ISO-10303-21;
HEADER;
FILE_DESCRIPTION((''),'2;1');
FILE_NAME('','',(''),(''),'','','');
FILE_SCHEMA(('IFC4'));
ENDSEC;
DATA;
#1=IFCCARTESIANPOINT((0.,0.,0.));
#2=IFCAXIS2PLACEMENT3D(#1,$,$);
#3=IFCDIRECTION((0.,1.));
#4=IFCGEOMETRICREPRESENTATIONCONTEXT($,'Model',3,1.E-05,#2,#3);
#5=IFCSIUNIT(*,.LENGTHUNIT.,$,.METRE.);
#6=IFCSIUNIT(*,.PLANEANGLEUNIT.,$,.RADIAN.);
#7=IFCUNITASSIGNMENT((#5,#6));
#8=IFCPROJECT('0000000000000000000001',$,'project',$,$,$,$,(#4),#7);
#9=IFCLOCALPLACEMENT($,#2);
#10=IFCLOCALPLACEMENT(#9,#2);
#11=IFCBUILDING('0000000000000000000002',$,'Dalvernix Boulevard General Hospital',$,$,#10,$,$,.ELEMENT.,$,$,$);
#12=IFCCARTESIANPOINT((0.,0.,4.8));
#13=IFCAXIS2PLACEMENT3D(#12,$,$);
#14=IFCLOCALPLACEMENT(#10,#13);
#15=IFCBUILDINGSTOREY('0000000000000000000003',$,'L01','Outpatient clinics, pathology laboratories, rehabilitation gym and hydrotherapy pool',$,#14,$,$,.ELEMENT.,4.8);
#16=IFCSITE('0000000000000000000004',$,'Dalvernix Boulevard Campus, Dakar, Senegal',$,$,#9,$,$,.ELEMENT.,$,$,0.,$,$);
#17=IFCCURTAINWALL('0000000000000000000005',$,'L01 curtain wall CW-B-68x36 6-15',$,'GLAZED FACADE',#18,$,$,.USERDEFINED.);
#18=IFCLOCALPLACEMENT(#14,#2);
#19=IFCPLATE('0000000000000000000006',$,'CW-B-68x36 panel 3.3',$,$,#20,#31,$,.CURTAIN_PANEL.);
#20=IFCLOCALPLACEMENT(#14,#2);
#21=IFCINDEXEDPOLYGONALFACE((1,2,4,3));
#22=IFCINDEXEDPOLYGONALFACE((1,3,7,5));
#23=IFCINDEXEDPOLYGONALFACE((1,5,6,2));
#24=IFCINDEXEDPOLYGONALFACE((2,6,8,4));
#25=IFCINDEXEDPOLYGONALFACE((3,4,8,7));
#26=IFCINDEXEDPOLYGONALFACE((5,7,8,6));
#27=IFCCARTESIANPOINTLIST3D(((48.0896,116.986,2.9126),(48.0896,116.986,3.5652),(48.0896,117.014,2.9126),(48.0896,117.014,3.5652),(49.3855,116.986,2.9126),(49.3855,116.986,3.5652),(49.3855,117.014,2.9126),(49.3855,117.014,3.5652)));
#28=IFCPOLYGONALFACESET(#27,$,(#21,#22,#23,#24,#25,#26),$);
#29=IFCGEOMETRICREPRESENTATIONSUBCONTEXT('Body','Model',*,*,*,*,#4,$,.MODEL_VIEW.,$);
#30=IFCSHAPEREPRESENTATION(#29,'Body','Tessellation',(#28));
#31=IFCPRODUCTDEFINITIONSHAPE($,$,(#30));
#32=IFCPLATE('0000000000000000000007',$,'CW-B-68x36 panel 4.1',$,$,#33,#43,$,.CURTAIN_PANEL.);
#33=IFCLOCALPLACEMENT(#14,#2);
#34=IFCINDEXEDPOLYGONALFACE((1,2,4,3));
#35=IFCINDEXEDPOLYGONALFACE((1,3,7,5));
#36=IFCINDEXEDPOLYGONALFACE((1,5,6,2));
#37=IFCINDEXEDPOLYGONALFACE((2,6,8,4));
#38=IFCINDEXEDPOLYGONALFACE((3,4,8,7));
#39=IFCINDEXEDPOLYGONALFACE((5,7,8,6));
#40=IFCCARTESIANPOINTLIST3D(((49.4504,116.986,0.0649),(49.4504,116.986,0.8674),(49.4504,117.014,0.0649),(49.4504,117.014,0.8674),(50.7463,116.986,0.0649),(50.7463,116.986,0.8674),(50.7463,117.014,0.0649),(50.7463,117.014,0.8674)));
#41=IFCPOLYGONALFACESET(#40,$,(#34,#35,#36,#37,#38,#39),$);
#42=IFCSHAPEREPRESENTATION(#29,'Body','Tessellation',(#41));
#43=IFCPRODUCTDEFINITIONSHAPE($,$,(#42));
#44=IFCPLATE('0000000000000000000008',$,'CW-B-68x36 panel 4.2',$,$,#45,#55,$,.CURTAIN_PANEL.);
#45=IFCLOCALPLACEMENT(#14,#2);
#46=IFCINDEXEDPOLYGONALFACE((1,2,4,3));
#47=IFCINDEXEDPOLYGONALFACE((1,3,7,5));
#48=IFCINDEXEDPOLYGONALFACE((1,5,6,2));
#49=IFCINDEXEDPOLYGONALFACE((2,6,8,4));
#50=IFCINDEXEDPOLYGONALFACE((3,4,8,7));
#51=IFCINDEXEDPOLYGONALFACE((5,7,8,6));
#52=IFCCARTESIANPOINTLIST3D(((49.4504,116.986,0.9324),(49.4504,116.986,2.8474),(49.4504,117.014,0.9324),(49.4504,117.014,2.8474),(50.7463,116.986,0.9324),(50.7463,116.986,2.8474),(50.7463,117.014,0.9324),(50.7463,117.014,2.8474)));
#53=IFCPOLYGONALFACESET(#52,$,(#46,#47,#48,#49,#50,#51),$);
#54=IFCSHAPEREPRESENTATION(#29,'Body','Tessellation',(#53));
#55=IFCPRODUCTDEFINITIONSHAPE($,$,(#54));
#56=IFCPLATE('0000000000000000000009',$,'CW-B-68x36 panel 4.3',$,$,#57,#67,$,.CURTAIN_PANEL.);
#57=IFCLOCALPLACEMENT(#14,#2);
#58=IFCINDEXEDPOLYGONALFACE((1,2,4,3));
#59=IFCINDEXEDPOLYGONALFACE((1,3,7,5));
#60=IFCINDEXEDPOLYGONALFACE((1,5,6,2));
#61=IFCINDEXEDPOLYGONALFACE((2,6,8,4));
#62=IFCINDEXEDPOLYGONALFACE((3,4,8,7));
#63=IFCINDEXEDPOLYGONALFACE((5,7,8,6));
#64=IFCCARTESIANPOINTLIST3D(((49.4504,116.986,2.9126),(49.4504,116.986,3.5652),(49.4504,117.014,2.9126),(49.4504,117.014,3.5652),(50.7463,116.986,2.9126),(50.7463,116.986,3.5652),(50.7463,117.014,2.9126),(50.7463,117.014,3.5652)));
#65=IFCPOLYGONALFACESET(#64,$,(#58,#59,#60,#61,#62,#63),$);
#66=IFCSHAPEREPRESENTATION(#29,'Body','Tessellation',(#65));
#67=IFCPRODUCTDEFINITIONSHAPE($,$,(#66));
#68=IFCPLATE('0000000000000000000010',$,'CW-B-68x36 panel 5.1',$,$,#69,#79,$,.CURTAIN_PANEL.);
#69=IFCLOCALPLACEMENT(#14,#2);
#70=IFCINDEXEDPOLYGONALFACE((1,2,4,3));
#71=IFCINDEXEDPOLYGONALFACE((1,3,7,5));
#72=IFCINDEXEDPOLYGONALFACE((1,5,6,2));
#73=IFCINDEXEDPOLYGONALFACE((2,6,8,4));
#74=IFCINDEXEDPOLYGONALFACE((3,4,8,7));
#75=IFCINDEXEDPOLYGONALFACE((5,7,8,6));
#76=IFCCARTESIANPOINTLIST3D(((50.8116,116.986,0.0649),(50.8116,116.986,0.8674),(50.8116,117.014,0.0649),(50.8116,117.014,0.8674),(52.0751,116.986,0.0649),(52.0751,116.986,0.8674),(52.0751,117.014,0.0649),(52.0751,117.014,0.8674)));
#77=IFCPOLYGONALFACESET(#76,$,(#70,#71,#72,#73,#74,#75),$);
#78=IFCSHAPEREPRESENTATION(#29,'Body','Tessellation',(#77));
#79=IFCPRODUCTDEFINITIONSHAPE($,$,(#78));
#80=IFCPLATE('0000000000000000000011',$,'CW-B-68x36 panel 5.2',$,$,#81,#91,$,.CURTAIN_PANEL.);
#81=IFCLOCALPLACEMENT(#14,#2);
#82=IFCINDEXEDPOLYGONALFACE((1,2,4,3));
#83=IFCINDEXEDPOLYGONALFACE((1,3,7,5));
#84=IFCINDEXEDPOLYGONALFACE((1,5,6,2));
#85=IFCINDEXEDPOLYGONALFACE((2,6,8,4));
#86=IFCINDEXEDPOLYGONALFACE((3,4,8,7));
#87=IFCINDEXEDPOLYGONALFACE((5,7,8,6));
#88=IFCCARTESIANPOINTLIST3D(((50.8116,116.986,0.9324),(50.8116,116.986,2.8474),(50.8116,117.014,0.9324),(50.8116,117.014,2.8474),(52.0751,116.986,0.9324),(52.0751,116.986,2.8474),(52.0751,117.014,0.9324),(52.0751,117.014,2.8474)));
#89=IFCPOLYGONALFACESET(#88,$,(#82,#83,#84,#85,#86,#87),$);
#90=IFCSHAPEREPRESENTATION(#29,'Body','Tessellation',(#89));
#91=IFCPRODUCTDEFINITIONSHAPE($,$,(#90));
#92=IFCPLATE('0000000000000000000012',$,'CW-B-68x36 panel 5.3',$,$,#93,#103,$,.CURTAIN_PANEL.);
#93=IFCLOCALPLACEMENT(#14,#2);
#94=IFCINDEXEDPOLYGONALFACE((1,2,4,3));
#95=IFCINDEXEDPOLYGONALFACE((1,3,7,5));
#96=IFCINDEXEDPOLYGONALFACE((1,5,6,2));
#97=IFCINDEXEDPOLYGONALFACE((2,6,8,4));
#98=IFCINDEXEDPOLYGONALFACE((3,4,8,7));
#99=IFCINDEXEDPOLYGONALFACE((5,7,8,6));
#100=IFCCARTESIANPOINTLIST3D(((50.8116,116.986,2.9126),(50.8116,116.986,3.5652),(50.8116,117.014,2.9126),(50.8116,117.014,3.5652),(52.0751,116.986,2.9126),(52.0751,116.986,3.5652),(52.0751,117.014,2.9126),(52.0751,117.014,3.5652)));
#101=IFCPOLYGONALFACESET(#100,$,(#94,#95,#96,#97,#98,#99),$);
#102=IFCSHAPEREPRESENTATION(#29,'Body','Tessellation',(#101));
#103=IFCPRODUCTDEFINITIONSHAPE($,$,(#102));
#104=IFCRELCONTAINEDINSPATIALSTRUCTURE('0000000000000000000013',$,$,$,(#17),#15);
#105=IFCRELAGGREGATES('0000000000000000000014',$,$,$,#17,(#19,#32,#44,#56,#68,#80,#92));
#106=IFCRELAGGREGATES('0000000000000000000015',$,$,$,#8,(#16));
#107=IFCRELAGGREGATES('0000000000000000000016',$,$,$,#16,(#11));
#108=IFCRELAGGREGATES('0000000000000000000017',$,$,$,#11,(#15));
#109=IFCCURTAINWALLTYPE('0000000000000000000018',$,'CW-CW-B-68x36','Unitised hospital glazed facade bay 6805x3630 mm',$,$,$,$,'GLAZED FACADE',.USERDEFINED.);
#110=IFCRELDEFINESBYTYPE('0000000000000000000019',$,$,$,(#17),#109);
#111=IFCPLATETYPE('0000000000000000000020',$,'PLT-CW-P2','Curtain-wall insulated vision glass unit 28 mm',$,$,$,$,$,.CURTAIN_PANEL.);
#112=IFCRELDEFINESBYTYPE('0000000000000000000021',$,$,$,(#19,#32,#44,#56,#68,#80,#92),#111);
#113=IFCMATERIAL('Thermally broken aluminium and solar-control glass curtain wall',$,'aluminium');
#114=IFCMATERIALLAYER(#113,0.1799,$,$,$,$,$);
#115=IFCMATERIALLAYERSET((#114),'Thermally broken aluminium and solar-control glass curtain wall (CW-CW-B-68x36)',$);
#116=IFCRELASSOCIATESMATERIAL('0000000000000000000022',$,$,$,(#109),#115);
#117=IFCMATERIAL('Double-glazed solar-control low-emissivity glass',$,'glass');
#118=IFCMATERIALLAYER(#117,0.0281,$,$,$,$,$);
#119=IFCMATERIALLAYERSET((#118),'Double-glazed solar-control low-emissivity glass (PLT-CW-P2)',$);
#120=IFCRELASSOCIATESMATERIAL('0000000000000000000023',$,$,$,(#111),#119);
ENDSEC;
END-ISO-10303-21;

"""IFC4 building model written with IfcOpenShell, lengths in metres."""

from ifc_helpers import new_model, si_unit, direction, frame, origin, origin_2d, place, context, subcontext, project, spatial, rectangle, extrude, material, layer, layer_set, type_object, element, aggregate, save


model = new_model("IFC4")

# Units and contexts
model_context = context("Model", 3, precision=1e-05, world=origin(), true_north=direction((0.0, 1.0)))
body_context = subcontext(model_context, "Body", "Model", "MODEL_VIEW")
ifc_project = project(units=[si_unit("LENGTHUNIT", "METRE"), si_unit("PLANEANGLEUNIT", "RADIAN")], contexts=[model_context])

# Site, building, storey
site_placement = place(None, origin())
site = spatial("IfcSite", under=ifc_project, at=site_placement, Name="Dalvernix Boulevard Campus, Dakar, Senegal", CompositionType="ELEMENT", RefElevation=0.0)
building_placement = place(site_placement, origin())
building = spatial("IfcBuilding", under=site, at=building_placement, Name="Dalvernix Boulevard General Hospital", CompositionType="ELEMENT")
storey_placement = place(building_placement, frame((0.0, 0.0, 4.8)))
storey = spatial("IfcBuildingStorey", under=building, at=storey_placement, Name="L01", Description="Outpatient clinics, pathology laboratories, rehabilitation gym and hydrotherapy pool", CompositionType="ELEMENT", Elevation=4.8)

# Curtain wall, plates
ifc_material_1 = material(Name="Thermally broken aluminium and solar-control glass curtain wall", Category="aluminium")
ifc_layer_1 = layer(ifc_material_1, 0.1799)
ifc_layer_set_1 = layer_set([ifc_layer_1], Name="Thermally broken aluminium and solar-control glass curtain wall (CW-CW-B-68x36)")
curtain_wall_type = type_object("IfcCurtainWallType", Name="CW-CW-B-68x36", Description="Unitised hospital glazed facade bay 6805x3630 mm", ElementType="GLAZED FACADE", PredefinedType="USERDEFINED", material=ifc_layer_set_1)
curtain_wall_placement = place(storey_placement, origin())
curtain_wall = element("IfcCurtainWall", 1, at=curtain_wall_placement, inside=storey, type_object=curtain_wall_type, Name="L01 curtain wall CW-B-68x36 6-15", ObjectType="GLAZED FACADE", PredefinedType="USERDEFINED")
ifc_material_2 = material(Name="Double-glazed solar-control low-emissivity glass", Category="glass")
ifc_layer_2 = layer(ifc_material_2, 0.0281)
ifc_layer_set_2 = layer_set([ifc_layer_2], Name="Double-glazed solar-control low-emissivity glass (PLT-CW-P2)")
plate_type = type_object("IfcPlateType", Name="PLT-CW-P2", Description="Curtain-wall insulated vision glass unit 28 mm", PredefinedType="CURTAIN_PANEL", material=ifc_layer_set_2)
plate_1_placement = place(storey_placement, frame((48.7375, 117.0, 2.9126), z_axis=(0.0, 0.0, 1.0), x_axis=(1.0, 0.0, 0.0)))
plate_1 = element("IfcPlate", 2, at=plate_1_placement, type_object=plate_type, Name="CW-B-68x36 panel 3.3", PredefinedType="CURTAIN_PANEL", context=body_context, shape_type="SweptSolid", body=[
    extrude(rectangle(XDim=1.2959, YDim=0.0281, at=origin_2d()), origin(), (0.0, 0.0, 1.0), 0.6526),
])
plate_2_placement = place(storey_placement, frame((50.0984, 117.0, 0.0649), z_axis=(0.0, 0.0, 1.0), x_axis=(1.0, 0.0, 0.0)))
plate_2 = element("IfcPlate", 3, at=plate_2_placement, type_object=plate_type, Name="CW-B-68x36 panel 4.1", PredefinedType="CURTAIN_PANEL", context=body_context, shape_type="SweptSolid", body=[
    extrude(rectangle(XDim=1.2959, YDim=0.0281, at=origin_2d()), origin(), (0.0, 0.0, 1.0), 0.8025),
])
plate_3_placement = place(storey_placement, frame((50.0984, 117.0, 0.9324), z_axis=(0.0, 0.0, 1.0), x_axis=(1.0, 0.0, 0.0)))
plate_3 = element("IfcPlate", 4, at=plate_3_placement, type_object=plate_type, Name="CW-B-68x36 panel 4.2", PredefinedType="CURTAIN_PANEL", context=body_context, shape_type="SweptSolid", body=[
    extrude(rectangle(XDim=1.2959, YDim=0.0281, at=origin_2d()), origin(), (0.0, 0.0, 1.0), 1.915),
])
plate_4_placement = place(storey_placement, frame((50.0984, 117.0, 2.9126), z_axis=(0.0, 0.0, 1.0), x_axis=(1.0, 0.0, 0.0)))
plate_4 = element("IfcPlate", 5, at=plate_4_placement, type_object=plate_type, Name="CW-B-68x36 panel 4.3", PredefinedType="CURTAIN_PANEL", context=body_context, shape_type="SweptSolid", body=[
    extrude(rectangle(XDim=1.2959, YDim=0.0281, at=origin_2d()), origin(), (0.0, 0.0, 1.0), 0.6526),
])
plate_5_placement = place(storey_placement, frame((51.4434, 117.0, 0.0649), z_axis=(0.0, 0.0, 1.0), x_axis=(1.0, 0.0, 0.0)))
plate_5 = element("IfcPlate", 6, at=plate_5_placement, type_object=plate_type, Name="CW-B-68x36 panel 5.1", PredefinedType="CURTAIN_PANEL", context=body_context, shape_type="SweptSolid", body=[
    extrude(rectangle(XDim=1.2634, YDim=0.0281, at=origin_2d()), origin(), (0.0, 0.0, 1.0), 0.8025),
])
plate_6_placement = place(storey_placement, frame((51.4434, 117.0, 0.9324), z_axis=(0.0, 0.0, 1.0), x_axis=(1.0, 0.0, 0.0)))
plate_6 = element("IfcPlate", 7, at=plate_6_placement, type_object=plate_type, Name="CW-B-68x36 panel 5.2", PredefinedType="CURTAIN_PANEL", context=body_context, shape_type="SweptSolid", body=[
    extrude(rectangle(XDim=1.2634, YDim=0.0281, at=origin_2d()), origin(), (0.0, 0.0, 1.0), 1.915),
])
plate_7_placement = place(storey_placement, frame((51.4434, 117.0, 2.9126), z_axis=(0.0, 0.0, 1.0), x_axis=(1.0, 0.0, 0.0)))
plate_7 = element("IfcPlate", 8, at=plate_7_placement, type_object=plate_type, Name="CW-B-68x36 panel 5.3", PredefinedType="CURTAIN_PANEL", context=body_context, shape_type="SweptSolid", body=[
    extrude(rectangle(XDim=1.2634, YDim=0.0281, at=origin_2d()), origin(), (0.0, 0.0, 1.0), 0.6526),
])
aggregate(curtain_wall, [plate_1, plate_2, plate_3, plate_4, plate_5, plate_6, plate_7])

save(model, "model.ifc")
